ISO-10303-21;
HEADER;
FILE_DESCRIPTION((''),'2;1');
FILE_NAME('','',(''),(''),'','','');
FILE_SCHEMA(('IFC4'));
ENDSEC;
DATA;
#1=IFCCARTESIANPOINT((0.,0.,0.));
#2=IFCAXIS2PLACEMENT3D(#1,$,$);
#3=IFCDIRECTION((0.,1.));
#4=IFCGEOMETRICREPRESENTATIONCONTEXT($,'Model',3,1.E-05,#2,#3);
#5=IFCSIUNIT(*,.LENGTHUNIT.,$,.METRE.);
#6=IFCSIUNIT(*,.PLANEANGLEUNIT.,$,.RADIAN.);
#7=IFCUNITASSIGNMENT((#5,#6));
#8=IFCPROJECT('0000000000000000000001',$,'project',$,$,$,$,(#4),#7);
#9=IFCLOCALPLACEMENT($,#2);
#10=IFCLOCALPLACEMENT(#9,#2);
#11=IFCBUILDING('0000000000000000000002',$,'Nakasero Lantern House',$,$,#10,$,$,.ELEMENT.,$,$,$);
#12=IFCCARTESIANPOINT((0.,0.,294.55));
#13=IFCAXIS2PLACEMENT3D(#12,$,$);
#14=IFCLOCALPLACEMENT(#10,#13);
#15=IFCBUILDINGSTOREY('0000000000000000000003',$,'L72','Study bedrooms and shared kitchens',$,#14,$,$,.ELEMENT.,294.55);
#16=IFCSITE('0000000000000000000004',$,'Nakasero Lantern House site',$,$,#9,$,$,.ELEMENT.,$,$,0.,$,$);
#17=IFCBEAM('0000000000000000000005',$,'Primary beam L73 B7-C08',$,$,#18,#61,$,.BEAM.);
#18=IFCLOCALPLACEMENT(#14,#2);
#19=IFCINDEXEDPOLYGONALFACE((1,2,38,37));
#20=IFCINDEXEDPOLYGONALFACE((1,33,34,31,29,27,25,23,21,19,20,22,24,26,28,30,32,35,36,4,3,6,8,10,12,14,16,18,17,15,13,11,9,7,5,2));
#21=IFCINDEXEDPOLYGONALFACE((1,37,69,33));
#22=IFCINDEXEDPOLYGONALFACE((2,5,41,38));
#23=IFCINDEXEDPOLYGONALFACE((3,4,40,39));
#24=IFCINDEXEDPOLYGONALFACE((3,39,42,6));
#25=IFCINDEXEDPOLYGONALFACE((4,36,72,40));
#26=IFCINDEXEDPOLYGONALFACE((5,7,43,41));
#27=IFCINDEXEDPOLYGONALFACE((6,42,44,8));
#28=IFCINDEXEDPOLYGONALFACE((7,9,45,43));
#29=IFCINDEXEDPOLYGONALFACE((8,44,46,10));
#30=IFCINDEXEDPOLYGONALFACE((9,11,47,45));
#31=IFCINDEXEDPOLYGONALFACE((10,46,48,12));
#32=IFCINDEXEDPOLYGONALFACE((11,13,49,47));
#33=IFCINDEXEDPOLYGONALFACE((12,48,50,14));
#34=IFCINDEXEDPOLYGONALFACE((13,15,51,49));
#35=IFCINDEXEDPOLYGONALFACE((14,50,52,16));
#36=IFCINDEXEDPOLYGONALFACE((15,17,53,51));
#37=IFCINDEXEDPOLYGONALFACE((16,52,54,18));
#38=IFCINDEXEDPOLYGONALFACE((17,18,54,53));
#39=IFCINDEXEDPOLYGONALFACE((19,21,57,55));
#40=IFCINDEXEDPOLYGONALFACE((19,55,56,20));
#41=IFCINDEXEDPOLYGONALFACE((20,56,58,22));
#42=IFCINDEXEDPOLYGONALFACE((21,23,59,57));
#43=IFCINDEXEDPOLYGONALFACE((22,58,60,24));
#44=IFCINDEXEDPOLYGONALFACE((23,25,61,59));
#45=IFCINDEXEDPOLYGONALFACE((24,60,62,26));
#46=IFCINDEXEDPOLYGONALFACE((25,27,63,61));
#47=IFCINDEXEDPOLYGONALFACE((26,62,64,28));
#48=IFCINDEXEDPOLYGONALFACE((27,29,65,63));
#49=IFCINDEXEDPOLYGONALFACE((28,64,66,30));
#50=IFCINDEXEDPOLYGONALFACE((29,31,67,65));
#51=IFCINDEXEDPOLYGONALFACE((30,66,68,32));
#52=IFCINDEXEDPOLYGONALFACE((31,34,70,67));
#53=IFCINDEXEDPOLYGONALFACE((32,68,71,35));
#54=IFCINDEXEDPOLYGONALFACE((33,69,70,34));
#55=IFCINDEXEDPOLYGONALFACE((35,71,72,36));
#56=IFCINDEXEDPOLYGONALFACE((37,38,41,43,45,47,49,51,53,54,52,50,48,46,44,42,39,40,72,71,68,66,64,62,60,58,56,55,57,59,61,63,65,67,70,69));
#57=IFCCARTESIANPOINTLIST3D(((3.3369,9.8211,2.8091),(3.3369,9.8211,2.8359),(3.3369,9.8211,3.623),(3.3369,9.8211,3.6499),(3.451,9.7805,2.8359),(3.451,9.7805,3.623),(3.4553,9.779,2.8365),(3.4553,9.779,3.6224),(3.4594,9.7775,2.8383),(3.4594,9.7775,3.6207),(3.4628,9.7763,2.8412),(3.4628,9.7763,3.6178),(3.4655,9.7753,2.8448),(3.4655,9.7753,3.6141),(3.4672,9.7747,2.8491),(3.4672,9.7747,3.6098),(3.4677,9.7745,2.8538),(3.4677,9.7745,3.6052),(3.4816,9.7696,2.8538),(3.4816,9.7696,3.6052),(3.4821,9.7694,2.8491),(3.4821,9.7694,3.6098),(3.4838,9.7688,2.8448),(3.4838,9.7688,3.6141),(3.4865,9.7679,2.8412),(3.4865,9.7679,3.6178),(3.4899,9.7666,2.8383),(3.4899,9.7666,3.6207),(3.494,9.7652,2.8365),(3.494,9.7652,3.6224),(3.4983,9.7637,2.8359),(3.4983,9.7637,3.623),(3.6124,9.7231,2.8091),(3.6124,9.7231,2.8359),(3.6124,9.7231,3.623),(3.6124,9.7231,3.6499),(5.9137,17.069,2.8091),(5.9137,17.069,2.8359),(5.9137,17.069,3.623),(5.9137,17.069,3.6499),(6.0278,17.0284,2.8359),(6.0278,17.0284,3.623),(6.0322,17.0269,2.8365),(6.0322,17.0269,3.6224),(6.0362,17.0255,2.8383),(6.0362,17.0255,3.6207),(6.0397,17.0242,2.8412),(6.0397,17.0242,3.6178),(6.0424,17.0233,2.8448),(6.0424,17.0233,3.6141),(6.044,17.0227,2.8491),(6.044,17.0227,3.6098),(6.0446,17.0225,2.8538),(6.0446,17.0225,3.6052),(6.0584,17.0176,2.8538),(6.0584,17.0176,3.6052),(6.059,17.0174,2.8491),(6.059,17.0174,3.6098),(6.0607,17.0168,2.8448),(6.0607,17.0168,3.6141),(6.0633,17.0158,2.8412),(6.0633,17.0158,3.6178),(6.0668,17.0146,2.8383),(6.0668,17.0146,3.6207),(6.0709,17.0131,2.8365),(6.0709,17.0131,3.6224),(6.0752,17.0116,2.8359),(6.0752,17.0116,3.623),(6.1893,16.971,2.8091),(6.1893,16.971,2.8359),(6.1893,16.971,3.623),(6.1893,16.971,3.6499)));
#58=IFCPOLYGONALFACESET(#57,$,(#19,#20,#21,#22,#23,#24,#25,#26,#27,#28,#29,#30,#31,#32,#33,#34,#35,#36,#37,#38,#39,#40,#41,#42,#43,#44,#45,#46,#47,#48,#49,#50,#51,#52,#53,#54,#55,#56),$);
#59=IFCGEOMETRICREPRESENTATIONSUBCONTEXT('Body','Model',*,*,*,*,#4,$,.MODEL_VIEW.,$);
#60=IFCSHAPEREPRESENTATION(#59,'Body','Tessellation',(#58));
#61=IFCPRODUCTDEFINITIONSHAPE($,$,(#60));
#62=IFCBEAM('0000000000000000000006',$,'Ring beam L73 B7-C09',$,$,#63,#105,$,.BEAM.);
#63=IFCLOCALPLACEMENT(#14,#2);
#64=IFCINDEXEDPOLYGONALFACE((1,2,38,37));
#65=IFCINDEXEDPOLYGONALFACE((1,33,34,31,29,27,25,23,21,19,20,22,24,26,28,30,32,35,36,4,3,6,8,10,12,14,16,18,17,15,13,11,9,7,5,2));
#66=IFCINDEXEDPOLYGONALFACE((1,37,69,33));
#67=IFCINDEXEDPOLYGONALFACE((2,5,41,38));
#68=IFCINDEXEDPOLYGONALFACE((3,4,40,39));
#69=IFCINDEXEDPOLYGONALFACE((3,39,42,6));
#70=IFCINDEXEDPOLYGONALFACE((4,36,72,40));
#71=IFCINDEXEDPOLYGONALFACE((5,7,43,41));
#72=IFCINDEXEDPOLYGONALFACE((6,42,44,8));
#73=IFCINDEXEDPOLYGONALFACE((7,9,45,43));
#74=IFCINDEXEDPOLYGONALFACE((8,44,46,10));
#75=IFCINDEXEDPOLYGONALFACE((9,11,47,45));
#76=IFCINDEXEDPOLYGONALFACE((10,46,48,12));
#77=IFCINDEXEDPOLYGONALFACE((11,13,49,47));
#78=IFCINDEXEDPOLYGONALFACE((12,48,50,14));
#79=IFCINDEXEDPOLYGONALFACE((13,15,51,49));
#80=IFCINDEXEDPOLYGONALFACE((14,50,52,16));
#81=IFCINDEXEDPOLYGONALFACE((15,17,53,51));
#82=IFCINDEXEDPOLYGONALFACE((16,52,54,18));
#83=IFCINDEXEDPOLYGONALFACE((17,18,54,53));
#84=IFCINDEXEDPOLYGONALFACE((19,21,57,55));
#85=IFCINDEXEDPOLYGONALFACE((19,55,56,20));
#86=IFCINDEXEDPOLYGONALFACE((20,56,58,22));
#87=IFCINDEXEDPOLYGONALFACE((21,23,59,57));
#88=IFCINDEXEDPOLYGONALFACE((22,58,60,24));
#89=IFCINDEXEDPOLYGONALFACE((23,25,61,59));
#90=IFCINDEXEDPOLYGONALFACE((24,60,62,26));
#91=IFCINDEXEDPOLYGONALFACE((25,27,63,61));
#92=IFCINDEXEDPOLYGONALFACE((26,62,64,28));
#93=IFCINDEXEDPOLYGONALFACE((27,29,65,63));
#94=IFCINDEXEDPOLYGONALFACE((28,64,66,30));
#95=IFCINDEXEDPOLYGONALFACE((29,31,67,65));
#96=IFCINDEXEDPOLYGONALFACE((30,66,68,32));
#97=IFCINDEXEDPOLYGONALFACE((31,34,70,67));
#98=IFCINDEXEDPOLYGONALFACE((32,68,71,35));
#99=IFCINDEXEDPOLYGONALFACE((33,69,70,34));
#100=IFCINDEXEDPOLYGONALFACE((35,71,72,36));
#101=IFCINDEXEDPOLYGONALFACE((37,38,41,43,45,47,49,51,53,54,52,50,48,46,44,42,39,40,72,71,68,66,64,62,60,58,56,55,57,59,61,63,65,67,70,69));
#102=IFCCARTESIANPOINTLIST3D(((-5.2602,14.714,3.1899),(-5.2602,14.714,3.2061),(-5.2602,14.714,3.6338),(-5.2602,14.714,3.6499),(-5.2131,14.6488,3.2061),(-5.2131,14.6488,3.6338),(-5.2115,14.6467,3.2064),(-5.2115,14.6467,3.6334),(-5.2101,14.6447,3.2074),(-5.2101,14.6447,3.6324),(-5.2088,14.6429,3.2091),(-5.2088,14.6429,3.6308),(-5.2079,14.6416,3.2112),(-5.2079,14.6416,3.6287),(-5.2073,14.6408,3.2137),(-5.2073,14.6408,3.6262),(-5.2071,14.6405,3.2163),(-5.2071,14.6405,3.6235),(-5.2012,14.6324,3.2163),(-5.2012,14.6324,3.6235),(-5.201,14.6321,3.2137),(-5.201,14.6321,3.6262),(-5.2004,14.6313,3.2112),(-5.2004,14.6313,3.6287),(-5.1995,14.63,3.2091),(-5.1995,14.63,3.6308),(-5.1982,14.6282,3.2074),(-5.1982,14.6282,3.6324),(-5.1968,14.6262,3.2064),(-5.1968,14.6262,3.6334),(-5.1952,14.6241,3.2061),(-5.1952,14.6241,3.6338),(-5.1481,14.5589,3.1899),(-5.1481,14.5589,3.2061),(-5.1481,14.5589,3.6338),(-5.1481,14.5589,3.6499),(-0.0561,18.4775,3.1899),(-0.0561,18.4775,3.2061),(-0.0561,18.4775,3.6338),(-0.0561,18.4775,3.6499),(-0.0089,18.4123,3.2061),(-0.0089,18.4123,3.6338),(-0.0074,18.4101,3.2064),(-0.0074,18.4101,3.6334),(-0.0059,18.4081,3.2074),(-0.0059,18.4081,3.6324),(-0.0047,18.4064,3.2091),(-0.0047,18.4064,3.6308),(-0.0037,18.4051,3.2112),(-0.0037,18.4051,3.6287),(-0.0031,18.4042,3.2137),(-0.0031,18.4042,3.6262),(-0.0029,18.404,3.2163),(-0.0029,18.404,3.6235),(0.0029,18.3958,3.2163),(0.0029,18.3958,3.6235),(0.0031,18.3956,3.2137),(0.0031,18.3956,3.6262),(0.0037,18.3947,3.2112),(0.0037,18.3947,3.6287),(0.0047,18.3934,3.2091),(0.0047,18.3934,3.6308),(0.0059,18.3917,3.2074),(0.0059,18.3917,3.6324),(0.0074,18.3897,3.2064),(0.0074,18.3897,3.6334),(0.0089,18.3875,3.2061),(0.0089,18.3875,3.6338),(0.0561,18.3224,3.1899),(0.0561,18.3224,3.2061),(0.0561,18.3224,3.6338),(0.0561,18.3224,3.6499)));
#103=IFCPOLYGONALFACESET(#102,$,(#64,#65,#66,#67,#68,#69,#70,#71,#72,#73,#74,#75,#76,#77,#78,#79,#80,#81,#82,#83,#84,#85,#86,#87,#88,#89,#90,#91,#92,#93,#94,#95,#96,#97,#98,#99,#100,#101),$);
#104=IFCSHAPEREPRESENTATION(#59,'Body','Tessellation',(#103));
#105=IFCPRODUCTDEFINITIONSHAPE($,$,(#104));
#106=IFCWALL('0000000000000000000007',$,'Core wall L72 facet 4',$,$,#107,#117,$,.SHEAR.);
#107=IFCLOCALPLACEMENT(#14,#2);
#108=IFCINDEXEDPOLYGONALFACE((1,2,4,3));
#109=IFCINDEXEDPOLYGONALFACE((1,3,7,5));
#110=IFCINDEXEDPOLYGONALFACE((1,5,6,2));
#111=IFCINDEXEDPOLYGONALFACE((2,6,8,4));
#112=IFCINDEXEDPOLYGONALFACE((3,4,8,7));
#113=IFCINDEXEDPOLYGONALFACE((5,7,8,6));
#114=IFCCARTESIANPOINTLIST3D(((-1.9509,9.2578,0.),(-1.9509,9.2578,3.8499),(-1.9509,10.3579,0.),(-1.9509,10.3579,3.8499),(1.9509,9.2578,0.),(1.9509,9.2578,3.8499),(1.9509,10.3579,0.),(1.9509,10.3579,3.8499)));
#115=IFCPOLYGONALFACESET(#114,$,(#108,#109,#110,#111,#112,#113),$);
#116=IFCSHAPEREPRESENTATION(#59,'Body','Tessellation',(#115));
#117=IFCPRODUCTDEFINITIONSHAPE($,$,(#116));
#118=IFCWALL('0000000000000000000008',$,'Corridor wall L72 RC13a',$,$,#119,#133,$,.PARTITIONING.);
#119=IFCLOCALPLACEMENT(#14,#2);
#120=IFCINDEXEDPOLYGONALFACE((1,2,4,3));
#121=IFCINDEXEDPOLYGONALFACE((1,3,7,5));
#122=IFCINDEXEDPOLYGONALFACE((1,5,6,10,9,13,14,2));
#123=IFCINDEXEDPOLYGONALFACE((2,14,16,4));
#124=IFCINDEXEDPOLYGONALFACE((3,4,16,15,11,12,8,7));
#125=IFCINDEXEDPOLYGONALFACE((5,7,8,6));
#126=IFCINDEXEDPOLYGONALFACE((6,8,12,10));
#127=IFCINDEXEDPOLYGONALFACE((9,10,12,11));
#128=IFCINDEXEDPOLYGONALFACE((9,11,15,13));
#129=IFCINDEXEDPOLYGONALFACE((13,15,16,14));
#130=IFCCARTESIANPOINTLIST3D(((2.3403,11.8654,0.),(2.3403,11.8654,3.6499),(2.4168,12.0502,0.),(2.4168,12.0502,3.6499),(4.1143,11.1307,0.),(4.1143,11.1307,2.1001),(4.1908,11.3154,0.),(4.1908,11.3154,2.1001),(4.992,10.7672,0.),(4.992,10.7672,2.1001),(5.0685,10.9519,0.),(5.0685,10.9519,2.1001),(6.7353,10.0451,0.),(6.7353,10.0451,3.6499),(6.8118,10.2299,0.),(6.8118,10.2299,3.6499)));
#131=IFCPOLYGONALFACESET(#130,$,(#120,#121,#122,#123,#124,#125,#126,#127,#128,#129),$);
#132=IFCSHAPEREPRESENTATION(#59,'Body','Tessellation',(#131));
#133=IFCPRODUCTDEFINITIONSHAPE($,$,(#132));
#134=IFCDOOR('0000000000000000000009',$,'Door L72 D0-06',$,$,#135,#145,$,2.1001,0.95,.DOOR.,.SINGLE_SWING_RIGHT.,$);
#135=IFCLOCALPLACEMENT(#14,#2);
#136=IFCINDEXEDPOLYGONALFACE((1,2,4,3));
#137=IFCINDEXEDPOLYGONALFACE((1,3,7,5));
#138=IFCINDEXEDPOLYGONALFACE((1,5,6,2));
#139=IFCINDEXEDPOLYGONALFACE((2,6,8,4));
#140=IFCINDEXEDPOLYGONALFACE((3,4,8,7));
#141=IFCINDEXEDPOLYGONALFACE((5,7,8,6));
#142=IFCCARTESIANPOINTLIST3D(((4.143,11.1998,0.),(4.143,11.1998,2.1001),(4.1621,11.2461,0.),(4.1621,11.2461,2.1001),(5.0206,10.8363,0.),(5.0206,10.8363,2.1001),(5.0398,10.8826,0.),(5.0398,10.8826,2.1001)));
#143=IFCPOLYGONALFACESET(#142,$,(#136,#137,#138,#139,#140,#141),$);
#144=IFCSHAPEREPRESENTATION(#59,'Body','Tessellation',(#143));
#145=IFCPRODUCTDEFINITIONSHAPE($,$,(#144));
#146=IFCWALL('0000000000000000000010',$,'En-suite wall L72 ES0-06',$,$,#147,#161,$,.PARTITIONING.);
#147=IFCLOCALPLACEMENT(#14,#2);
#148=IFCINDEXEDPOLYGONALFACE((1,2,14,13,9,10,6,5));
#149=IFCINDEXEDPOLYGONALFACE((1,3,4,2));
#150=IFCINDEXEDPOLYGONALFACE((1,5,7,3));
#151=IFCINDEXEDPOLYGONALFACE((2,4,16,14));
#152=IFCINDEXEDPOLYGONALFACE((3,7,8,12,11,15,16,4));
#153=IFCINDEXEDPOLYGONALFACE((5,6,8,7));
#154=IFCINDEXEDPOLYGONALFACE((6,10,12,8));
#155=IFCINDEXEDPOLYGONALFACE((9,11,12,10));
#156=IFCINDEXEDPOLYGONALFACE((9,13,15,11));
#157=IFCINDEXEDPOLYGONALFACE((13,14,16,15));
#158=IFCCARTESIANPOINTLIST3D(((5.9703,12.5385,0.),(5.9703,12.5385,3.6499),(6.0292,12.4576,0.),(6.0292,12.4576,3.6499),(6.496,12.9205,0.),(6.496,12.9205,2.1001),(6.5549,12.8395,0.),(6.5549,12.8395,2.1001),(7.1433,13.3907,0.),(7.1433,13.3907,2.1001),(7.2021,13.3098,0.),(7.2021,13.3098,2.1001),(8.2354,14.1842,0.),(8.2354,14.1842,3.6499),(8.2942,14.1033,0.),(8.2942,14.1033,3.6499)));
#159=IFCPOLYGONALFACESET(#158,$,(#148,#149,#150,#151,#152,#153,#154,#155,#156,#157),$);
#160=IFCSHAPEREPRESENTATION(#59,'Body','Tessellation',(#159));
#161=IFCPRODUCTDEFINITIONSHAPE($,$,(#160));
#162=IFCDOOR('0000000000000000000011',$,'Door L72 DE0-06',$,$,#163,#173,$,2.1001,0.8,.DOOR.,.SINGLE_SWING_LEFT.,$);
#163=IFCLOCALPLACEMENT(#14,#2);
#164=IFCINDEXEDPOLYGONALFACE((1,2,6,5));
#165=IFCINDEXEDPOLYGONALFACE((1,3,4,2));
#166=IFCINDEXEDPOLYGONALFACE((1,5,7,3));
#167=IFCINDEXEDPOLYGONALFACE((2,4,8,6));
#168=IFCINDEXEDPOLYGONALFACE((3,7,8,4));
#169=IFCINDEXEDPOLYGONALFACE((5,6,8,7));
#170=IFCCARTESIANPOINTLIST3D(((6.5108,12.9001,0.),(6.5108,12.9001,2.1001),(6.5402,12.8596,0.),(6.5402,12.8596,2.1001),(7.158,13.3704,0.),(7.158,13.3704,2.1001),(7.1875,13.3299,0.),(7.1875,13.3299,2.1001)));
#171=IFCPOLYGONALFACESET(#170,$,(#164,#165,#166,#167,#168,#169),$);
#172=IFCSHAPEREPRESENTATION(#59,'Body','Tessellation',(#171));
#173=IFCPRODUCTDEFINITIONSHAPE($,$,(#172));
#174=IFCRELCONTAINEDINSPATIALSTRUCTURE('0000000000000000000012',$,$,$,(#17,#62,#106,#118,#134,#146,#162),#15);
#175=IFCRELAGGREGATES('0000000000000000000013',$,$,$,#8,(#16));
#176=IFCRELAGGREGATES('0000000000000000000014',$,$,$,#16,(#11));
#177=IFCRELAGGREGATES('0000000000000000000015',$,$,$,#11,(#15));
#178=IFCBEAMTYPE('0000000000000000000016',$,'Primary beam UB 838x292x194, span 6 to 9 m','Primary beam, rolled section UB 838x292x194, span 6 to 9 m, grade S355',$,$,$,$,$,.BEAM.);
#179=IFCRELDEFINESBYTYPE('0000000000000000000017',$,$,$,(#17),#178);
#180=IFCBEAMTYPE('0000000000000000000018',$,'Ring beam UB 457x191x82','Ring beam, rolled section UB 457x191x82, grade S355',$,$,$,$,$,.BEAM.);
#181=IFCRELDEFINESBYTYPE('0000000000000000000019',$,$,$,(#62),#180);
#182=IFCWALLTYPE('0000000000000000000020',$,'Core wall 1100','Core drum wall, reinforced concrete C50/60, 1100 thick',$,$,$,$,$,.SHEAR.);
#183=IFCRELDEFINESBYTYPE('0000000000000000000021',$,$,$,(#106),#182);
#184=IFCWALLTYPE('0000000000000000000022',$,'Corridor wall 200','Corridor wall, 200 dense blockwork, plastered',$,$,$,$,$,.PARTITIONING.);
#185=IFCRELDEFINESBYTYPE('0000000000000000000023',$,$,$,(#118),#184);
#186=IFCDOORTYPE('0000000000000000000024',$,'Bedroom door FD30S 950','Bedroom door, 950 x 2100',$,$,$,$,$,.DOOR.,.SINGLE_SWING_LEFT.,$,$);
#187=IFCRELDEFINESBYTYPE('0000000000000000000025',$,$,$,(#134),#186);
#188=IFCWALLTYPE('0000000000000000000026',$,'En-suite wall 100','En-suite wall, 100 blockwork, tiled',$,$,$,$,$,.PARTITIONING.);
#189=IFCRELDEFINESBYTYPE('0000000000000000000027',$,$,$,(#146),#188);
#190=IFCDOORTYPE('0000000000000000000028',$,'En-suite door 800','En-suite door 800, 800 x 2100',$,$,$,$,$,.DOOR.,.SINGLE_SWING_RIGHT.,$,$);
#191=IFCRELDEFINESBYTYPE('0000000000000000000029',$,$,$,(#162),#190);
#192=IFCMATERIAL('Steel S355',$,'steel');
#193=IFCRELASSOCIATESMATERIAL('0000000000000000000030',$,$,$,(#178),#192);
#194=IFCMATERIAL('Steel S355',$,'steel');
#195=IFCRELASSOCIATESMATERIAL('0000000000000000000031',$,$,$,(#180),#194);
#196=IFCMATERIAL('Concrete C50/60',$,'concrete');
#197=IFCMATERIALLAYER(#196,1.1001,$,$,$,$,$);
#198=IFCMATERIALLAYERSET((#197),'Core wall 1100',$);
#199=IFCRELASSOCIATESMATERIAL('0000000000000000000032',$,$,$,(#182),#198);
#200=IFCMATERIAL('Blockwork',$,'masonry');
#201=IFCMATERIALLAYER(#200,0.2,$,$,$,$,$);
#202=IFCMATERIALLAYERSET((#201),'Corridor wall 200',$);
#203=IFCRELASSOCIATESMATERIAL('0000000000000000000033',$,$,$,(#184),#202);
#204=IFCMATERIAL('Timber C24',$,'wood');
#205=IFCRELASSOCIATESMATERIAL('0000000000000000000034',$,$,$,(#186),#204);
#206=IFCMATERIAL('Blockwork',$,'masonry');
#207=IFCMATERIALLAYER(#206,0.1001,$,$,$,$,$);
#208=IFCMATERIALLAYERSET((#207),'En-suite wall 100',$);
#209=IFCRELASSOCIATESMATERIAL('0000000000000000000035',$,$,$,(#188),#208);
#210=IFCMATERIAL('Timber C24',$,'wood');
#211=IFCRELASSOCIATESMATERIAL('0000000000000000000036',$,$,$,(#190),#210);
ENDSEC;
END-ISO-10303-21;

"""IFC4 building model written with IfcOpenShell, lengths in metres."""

from ifc_helpers import new_model, si_unit, direction, frame, frame_2d, origin, origin_2d, place, context, subcontext, project, spatial, rectangle, i_section, extrude, material, layer, layer_set, material_profile, profile_set, type_object, element, fill, save


model = new_model("IFC4")

# Units and contexts
model_context = context("Model", 3, precision=1e-05, world=origin(), true_north=direction((0.0, 1.0)))
body_context = subcontext(model_context, "Body", "Model", "MODEL_VIEW")
ifc_project = project(units=[si_unit("LENGTHUNIT", "METRE"), si_unit("PLANEANGLEUNIT", "RADIAN")], contexts=[model_context])

# Site, building, storey
site_placement = place(None, origin())
site = spatial("IfcSite", under=ifc_project, at=site_placement, Name="Nakasero Lantern House site", CompositionType="ELEMENT", RefElevation=0.0)
building_placement = place(site_placement, origin())
building = spatial("IfcBuilding", under=site, at=building_placement, Name="Nakasero Lantern House", CompositionType="ELEMENT")
storey_placement = place(building_placement, frame((0.0, 0.0, 294.55)))
storey = spatial("IfcBuildingStorey", under=building, at=storey_placement, Name="L72", Description="Study bedrooms and shared kitchens", CompositionType="ELEMENT", Elevation=294.55)

# Beams
ifc_material_1 = material(Name="Steel S355", Category="steel")
ifc_material_profile_1 = material_profile(ifc_material_1, i_section(OverallWidth=0.2925, OverallDepth=0.8408, WebThickness=0.0146, FlangeThickness=0.0269, FilletRadius=0.0178, at=origin_2d()), Name="UB 838x292x194")
ifc_profile_set_1 = profile_set([ifc_material_profile_1], Name="Steel S355")
beam_type_1 = type_object("IfcBeamType", Name="Primary beam UB 838x292x194, span 6 to 9 m", Description="Primary beam, rolled section UB 838x292x194, span 6 to 9 m, grade S355", PredefinedType="BEAM", material=ifc_profile_set_1)
beam_1_placement = place(storey_placement, frame((6.0515, 17.02, 3.2295), z_axis=(-0.334989, -0.942222, 0.0), x_axis=(0.942222, -0.334989, 0.0)))
element("IfcBeam", 1, at=beam_1_placement, inside=storey, type_object=beam_type_1, Name="Primary beam L73 B7-C08", PredefinedType="BEAM", context=body_context, shape_type="SweptSolid", body=[
    extrude(i_section(OverallWidth=0.2925, OverallDepth=0.8408, WebThickness=0.0146, FlangeThickness=0.0269, FilletRadius=0.0178, at=origin_2d()), origin(), (0.0, 0.0, 1.0), 7.6924),
])
ifc_material_2 = material(Name="Steel S355", Category="steel")
ifc_material_profile_2 = material_profile(ifc_material_2, i_section(OverallWidth=0.1914, OverallDepth=0.46, WebThickness=0.01, FlangeThickness=0.0161, FilletRadius=0.0103, at=origin_2d()), Name="UB 457x191x82")
ifc_profile_set_2 = profile_set([ifc_material_profile_2], Name="Steel S355")
beam_type_2 = type_object("IfcBeamType", Name="Ring beam UB 457x191x82", Description="Ring beam, rolled section UB 457x191x82, grade S355", PredefinedType="BEAM", material=ifc_profile_set_2)
beam_2_placement = place(storey_placement, frame((0.0, 18.3999, 3.4199), z_axis=(-0.810316, -0.585993, 0.0), x_axis=(0.585993, -0.810316, 0.0)))
element("IfcBeam", 2, at=beam_2_placement, inside=storey, type_object=beam_type_2, Name="Ring beam L73 B7-C09", PredefinedType="BEAM", context=body_context, shape_type="SweptSolid", body=[
    extrude(i_section(OverallWidth=0.1914, OverallDepth=0.46, WebThickness=0.01, FlangeThickness=0.0161, FilletRadius=0.0103, at=origin_2d()), origin(), (0.0, 0.0, 1.0), 6.4224),
])

# Wall
ifc_material_3 = material(Name="Concrete C50/60", Category="concrete")
ifc_layer_1 = layer(ifc_material_3, 1.1001)
ifc_layer_set_1 = layer_set([ifc_layer_1], Name="Core wall 1100")
wall_type_1 = type_object("IfcWallType", Name="Core wall 1100", Description="Core drum wall, reinforced concrete C50/60, 1100 thick", PredefinedType="SHEAR", material=ifc_layer_set_1)
wall_1_placement = place(storey_placement, frame((1.9509, 9.8079, 0.0), z_axis=(0.0, 0.0, 1.0), x_axis=(-1.0, 0.0, 0.0)))
element("IfcWall", 3, at=wall_1_placement, inside=storey, type_object=wall_type_1, Name="Core wall L72 facet 4", PredefinedType="SHEAR", context=body_context, shape_type="SweptSolid", body=[
    extrude(rectangle(XDim=3.9019, YDim=1.1001, at=frame_2d((1.9509, 0.0))), origin(), (0.0, 0.0, 1.0), 3.8499),
])

# Walls, openings, doors
ifc_material_4 = material(Name="Blockwork", Category="masonry")
ifc_layer_2 = layer(ifc_material_4, 0.2)
ifc_layer_set_2 = layer_set([ifc_layer_2], Name="Corridor wall 200")
wall_type_2 = type_object("IfcWallType", Name="Corridor wall 200", Description="Corridor wall, 200 dense blockwork, plastered", PredefinedType="PARTITIONING", material=ifc_layer_set_2)
wall_2_placement = place(storey_placement, frame((2.3787, 11.9578, 0.0), z_axis=(0.0, 0.0, 1.0), x_axis=(0.923892, -0.382654, 0.0)))
wall_2 = element("IfcWall", 4, at=wall_2_placement, inside=storey, type_object=wall_type_2, Name="Corridor wall L72 RC13a", PredefinedType="PARTITIONING", context=body_context, shape_type="SweptSolid", body=[
    extrude(rectangle(XDim=4.7571, YDim=0.2, at=frame_2d((2.3784, 0.0))), origin(), (0.0, 0.0, 1.0), 3.6499),
])
opening_1_placement = place(wall_2_placement, frame((1.9199, 0.0, 0.0)))
opening_1 = element("IfcOpeningElement", 5, at=opening_1_placement, cuts=wall_2, PredefinedType="OPENING", context=body_context, shape_type="SweptSolid", body=[
    extrude(rectangle(XDim=0.95, YDim=2.1001, at=frame_2d((0.4751, 1.05))), frame((0.0, 0.1199, 0.0), z_axis=(0.0, -1.0, 0.0), x_axis=(1.0, 0.0, 0.0)), (0.0, 0.0, 1.0), 0.24),
])
ifc_material_5 = material(Name="Timber C24", Category="wood")
door_type_1 = type_object("IfcDoorType", Name="Bedroom door FD30S 950", Description="Bedroom door, 950 x 2100", OperationType="SINGLE_SWING_LEFT", PredefinedType="DOOR", material=ifc_material_5)
door_1_placement = place(opening_1_placement, origin())
door_1 = element("IfcDoor", 6, at=door_1_placement, inside=storey, type_object=door_type_1, Name="Door L72 D0-06", OperationType="SINGLE_SWING_RIGHT", OverallHeight=2.1001, OverallWidth=0.95, PredefinedType="DOOR", context=body_context, shape_type="SweptSolid", body=[
    extrude(rectangle(XDim=0.95, YDim=2.1001, at=frame_2d((0.4751, 1.05))), frame((0.0, 0.0249, 0.0), z_axis=(0.0, -1.0, 0.0), x_axis=(1.0, 0.0, 0.0)), (0.0, 0.0, 1.0), 0.05),
])
fill(opening_1, door_1)
ifc_material_6 = material(Name="Blockwork", Category="masonry")
ifc_layer_3 = layer(ifc_material_6, 0.1001)
ifc_layer_set_3 = layer_set([ifc_layer_3], Name="En-suite wall 100")
wall_type_3 = type_object("IfcWallType", Name="En-suite wall 100", Description="En-suite wall, 100 blockwork, tiled", PredefinedType="PARTITIONING", material=ifc_layer_set_3)
wall_3_placement = place(storey_placement, frame((5.9998, 12.498, 0.0), z_axis=(0.0, 0.0, 1.0), x_axis=(0.809011, 0.587793, 0.0)))
wall_3 = element("IfcWall", 7, at=wall_3_placement, inside=storey, type_object=wall_type_3, Name="En-suite wall L72 ES0-06", PredefinedType="PARTITIONING", context=body_context, shape_type="SweptSolid", body=[
    extrude(rectangle(XDim=2.7998, YDim=0.1001, at=frame_2d((1.3999, 0.0))), origin(), (0.0, 0.0, 1.0), 3.6499),
])
opening_2_placement = place(wall_3_placement, frame((0.6499, 0.0, 0.0)))
opening_2 = element("IfcOpeningElement", 8, at=opening_2_placement, cuts=wall_3, PredefinedType="OPENING", context=body_context, shape_type="SweptSolid", body=[
    extrude(rectangle(XDim=0.8, YDim=2.1001, at=frame_2d((0.3999, 1.05))), frame((0.0, 0.0701, 0.0), z_axis=(0.0, -1.0, 0.0), x_axis=(1.0, 0.0, 0.0)), (0.0, 0.0, 1.0), 0.1401),
])
ifc_material_7 = material(Name="Timber C24", Category="wood")
door_type_2 = type_object("IfcDoorType", Name="En-suite door 800", Description="En-suite door 800, 800 x 2100", OperationType="SINGLE_SWING_RIGHT", PredefinedType="DOOR", material=ifc_material_7)
door_2_placement = place(opening_2_placement, origin())
door_2 = element("IfcDoor", 9, at=door_2_placement, inside=storey, type_object=door_type_2, Name="Door L72 DE0-06", OperationType="SINGLE_SWING_LEFT", OverallHeight=2.1001, OverallWidth=0.8, PredefinedType="DOOR", context=body_context, shape_type="SweptSolid", body=[
    extrude(rectangle(XDim=0.8, YDim=2.1001, at=frame_2d((0.3999, 1.05))), frame((0.0, 0.0249, 0.0), z_axis=(0.0, -1.0, 0.0), x_axis=(1.0, 0.0, 0.0)), (0.0, 0.0, 1.0), 0.05),
])
fill(opening_2, door_2)

save(model, "model.ifc")
